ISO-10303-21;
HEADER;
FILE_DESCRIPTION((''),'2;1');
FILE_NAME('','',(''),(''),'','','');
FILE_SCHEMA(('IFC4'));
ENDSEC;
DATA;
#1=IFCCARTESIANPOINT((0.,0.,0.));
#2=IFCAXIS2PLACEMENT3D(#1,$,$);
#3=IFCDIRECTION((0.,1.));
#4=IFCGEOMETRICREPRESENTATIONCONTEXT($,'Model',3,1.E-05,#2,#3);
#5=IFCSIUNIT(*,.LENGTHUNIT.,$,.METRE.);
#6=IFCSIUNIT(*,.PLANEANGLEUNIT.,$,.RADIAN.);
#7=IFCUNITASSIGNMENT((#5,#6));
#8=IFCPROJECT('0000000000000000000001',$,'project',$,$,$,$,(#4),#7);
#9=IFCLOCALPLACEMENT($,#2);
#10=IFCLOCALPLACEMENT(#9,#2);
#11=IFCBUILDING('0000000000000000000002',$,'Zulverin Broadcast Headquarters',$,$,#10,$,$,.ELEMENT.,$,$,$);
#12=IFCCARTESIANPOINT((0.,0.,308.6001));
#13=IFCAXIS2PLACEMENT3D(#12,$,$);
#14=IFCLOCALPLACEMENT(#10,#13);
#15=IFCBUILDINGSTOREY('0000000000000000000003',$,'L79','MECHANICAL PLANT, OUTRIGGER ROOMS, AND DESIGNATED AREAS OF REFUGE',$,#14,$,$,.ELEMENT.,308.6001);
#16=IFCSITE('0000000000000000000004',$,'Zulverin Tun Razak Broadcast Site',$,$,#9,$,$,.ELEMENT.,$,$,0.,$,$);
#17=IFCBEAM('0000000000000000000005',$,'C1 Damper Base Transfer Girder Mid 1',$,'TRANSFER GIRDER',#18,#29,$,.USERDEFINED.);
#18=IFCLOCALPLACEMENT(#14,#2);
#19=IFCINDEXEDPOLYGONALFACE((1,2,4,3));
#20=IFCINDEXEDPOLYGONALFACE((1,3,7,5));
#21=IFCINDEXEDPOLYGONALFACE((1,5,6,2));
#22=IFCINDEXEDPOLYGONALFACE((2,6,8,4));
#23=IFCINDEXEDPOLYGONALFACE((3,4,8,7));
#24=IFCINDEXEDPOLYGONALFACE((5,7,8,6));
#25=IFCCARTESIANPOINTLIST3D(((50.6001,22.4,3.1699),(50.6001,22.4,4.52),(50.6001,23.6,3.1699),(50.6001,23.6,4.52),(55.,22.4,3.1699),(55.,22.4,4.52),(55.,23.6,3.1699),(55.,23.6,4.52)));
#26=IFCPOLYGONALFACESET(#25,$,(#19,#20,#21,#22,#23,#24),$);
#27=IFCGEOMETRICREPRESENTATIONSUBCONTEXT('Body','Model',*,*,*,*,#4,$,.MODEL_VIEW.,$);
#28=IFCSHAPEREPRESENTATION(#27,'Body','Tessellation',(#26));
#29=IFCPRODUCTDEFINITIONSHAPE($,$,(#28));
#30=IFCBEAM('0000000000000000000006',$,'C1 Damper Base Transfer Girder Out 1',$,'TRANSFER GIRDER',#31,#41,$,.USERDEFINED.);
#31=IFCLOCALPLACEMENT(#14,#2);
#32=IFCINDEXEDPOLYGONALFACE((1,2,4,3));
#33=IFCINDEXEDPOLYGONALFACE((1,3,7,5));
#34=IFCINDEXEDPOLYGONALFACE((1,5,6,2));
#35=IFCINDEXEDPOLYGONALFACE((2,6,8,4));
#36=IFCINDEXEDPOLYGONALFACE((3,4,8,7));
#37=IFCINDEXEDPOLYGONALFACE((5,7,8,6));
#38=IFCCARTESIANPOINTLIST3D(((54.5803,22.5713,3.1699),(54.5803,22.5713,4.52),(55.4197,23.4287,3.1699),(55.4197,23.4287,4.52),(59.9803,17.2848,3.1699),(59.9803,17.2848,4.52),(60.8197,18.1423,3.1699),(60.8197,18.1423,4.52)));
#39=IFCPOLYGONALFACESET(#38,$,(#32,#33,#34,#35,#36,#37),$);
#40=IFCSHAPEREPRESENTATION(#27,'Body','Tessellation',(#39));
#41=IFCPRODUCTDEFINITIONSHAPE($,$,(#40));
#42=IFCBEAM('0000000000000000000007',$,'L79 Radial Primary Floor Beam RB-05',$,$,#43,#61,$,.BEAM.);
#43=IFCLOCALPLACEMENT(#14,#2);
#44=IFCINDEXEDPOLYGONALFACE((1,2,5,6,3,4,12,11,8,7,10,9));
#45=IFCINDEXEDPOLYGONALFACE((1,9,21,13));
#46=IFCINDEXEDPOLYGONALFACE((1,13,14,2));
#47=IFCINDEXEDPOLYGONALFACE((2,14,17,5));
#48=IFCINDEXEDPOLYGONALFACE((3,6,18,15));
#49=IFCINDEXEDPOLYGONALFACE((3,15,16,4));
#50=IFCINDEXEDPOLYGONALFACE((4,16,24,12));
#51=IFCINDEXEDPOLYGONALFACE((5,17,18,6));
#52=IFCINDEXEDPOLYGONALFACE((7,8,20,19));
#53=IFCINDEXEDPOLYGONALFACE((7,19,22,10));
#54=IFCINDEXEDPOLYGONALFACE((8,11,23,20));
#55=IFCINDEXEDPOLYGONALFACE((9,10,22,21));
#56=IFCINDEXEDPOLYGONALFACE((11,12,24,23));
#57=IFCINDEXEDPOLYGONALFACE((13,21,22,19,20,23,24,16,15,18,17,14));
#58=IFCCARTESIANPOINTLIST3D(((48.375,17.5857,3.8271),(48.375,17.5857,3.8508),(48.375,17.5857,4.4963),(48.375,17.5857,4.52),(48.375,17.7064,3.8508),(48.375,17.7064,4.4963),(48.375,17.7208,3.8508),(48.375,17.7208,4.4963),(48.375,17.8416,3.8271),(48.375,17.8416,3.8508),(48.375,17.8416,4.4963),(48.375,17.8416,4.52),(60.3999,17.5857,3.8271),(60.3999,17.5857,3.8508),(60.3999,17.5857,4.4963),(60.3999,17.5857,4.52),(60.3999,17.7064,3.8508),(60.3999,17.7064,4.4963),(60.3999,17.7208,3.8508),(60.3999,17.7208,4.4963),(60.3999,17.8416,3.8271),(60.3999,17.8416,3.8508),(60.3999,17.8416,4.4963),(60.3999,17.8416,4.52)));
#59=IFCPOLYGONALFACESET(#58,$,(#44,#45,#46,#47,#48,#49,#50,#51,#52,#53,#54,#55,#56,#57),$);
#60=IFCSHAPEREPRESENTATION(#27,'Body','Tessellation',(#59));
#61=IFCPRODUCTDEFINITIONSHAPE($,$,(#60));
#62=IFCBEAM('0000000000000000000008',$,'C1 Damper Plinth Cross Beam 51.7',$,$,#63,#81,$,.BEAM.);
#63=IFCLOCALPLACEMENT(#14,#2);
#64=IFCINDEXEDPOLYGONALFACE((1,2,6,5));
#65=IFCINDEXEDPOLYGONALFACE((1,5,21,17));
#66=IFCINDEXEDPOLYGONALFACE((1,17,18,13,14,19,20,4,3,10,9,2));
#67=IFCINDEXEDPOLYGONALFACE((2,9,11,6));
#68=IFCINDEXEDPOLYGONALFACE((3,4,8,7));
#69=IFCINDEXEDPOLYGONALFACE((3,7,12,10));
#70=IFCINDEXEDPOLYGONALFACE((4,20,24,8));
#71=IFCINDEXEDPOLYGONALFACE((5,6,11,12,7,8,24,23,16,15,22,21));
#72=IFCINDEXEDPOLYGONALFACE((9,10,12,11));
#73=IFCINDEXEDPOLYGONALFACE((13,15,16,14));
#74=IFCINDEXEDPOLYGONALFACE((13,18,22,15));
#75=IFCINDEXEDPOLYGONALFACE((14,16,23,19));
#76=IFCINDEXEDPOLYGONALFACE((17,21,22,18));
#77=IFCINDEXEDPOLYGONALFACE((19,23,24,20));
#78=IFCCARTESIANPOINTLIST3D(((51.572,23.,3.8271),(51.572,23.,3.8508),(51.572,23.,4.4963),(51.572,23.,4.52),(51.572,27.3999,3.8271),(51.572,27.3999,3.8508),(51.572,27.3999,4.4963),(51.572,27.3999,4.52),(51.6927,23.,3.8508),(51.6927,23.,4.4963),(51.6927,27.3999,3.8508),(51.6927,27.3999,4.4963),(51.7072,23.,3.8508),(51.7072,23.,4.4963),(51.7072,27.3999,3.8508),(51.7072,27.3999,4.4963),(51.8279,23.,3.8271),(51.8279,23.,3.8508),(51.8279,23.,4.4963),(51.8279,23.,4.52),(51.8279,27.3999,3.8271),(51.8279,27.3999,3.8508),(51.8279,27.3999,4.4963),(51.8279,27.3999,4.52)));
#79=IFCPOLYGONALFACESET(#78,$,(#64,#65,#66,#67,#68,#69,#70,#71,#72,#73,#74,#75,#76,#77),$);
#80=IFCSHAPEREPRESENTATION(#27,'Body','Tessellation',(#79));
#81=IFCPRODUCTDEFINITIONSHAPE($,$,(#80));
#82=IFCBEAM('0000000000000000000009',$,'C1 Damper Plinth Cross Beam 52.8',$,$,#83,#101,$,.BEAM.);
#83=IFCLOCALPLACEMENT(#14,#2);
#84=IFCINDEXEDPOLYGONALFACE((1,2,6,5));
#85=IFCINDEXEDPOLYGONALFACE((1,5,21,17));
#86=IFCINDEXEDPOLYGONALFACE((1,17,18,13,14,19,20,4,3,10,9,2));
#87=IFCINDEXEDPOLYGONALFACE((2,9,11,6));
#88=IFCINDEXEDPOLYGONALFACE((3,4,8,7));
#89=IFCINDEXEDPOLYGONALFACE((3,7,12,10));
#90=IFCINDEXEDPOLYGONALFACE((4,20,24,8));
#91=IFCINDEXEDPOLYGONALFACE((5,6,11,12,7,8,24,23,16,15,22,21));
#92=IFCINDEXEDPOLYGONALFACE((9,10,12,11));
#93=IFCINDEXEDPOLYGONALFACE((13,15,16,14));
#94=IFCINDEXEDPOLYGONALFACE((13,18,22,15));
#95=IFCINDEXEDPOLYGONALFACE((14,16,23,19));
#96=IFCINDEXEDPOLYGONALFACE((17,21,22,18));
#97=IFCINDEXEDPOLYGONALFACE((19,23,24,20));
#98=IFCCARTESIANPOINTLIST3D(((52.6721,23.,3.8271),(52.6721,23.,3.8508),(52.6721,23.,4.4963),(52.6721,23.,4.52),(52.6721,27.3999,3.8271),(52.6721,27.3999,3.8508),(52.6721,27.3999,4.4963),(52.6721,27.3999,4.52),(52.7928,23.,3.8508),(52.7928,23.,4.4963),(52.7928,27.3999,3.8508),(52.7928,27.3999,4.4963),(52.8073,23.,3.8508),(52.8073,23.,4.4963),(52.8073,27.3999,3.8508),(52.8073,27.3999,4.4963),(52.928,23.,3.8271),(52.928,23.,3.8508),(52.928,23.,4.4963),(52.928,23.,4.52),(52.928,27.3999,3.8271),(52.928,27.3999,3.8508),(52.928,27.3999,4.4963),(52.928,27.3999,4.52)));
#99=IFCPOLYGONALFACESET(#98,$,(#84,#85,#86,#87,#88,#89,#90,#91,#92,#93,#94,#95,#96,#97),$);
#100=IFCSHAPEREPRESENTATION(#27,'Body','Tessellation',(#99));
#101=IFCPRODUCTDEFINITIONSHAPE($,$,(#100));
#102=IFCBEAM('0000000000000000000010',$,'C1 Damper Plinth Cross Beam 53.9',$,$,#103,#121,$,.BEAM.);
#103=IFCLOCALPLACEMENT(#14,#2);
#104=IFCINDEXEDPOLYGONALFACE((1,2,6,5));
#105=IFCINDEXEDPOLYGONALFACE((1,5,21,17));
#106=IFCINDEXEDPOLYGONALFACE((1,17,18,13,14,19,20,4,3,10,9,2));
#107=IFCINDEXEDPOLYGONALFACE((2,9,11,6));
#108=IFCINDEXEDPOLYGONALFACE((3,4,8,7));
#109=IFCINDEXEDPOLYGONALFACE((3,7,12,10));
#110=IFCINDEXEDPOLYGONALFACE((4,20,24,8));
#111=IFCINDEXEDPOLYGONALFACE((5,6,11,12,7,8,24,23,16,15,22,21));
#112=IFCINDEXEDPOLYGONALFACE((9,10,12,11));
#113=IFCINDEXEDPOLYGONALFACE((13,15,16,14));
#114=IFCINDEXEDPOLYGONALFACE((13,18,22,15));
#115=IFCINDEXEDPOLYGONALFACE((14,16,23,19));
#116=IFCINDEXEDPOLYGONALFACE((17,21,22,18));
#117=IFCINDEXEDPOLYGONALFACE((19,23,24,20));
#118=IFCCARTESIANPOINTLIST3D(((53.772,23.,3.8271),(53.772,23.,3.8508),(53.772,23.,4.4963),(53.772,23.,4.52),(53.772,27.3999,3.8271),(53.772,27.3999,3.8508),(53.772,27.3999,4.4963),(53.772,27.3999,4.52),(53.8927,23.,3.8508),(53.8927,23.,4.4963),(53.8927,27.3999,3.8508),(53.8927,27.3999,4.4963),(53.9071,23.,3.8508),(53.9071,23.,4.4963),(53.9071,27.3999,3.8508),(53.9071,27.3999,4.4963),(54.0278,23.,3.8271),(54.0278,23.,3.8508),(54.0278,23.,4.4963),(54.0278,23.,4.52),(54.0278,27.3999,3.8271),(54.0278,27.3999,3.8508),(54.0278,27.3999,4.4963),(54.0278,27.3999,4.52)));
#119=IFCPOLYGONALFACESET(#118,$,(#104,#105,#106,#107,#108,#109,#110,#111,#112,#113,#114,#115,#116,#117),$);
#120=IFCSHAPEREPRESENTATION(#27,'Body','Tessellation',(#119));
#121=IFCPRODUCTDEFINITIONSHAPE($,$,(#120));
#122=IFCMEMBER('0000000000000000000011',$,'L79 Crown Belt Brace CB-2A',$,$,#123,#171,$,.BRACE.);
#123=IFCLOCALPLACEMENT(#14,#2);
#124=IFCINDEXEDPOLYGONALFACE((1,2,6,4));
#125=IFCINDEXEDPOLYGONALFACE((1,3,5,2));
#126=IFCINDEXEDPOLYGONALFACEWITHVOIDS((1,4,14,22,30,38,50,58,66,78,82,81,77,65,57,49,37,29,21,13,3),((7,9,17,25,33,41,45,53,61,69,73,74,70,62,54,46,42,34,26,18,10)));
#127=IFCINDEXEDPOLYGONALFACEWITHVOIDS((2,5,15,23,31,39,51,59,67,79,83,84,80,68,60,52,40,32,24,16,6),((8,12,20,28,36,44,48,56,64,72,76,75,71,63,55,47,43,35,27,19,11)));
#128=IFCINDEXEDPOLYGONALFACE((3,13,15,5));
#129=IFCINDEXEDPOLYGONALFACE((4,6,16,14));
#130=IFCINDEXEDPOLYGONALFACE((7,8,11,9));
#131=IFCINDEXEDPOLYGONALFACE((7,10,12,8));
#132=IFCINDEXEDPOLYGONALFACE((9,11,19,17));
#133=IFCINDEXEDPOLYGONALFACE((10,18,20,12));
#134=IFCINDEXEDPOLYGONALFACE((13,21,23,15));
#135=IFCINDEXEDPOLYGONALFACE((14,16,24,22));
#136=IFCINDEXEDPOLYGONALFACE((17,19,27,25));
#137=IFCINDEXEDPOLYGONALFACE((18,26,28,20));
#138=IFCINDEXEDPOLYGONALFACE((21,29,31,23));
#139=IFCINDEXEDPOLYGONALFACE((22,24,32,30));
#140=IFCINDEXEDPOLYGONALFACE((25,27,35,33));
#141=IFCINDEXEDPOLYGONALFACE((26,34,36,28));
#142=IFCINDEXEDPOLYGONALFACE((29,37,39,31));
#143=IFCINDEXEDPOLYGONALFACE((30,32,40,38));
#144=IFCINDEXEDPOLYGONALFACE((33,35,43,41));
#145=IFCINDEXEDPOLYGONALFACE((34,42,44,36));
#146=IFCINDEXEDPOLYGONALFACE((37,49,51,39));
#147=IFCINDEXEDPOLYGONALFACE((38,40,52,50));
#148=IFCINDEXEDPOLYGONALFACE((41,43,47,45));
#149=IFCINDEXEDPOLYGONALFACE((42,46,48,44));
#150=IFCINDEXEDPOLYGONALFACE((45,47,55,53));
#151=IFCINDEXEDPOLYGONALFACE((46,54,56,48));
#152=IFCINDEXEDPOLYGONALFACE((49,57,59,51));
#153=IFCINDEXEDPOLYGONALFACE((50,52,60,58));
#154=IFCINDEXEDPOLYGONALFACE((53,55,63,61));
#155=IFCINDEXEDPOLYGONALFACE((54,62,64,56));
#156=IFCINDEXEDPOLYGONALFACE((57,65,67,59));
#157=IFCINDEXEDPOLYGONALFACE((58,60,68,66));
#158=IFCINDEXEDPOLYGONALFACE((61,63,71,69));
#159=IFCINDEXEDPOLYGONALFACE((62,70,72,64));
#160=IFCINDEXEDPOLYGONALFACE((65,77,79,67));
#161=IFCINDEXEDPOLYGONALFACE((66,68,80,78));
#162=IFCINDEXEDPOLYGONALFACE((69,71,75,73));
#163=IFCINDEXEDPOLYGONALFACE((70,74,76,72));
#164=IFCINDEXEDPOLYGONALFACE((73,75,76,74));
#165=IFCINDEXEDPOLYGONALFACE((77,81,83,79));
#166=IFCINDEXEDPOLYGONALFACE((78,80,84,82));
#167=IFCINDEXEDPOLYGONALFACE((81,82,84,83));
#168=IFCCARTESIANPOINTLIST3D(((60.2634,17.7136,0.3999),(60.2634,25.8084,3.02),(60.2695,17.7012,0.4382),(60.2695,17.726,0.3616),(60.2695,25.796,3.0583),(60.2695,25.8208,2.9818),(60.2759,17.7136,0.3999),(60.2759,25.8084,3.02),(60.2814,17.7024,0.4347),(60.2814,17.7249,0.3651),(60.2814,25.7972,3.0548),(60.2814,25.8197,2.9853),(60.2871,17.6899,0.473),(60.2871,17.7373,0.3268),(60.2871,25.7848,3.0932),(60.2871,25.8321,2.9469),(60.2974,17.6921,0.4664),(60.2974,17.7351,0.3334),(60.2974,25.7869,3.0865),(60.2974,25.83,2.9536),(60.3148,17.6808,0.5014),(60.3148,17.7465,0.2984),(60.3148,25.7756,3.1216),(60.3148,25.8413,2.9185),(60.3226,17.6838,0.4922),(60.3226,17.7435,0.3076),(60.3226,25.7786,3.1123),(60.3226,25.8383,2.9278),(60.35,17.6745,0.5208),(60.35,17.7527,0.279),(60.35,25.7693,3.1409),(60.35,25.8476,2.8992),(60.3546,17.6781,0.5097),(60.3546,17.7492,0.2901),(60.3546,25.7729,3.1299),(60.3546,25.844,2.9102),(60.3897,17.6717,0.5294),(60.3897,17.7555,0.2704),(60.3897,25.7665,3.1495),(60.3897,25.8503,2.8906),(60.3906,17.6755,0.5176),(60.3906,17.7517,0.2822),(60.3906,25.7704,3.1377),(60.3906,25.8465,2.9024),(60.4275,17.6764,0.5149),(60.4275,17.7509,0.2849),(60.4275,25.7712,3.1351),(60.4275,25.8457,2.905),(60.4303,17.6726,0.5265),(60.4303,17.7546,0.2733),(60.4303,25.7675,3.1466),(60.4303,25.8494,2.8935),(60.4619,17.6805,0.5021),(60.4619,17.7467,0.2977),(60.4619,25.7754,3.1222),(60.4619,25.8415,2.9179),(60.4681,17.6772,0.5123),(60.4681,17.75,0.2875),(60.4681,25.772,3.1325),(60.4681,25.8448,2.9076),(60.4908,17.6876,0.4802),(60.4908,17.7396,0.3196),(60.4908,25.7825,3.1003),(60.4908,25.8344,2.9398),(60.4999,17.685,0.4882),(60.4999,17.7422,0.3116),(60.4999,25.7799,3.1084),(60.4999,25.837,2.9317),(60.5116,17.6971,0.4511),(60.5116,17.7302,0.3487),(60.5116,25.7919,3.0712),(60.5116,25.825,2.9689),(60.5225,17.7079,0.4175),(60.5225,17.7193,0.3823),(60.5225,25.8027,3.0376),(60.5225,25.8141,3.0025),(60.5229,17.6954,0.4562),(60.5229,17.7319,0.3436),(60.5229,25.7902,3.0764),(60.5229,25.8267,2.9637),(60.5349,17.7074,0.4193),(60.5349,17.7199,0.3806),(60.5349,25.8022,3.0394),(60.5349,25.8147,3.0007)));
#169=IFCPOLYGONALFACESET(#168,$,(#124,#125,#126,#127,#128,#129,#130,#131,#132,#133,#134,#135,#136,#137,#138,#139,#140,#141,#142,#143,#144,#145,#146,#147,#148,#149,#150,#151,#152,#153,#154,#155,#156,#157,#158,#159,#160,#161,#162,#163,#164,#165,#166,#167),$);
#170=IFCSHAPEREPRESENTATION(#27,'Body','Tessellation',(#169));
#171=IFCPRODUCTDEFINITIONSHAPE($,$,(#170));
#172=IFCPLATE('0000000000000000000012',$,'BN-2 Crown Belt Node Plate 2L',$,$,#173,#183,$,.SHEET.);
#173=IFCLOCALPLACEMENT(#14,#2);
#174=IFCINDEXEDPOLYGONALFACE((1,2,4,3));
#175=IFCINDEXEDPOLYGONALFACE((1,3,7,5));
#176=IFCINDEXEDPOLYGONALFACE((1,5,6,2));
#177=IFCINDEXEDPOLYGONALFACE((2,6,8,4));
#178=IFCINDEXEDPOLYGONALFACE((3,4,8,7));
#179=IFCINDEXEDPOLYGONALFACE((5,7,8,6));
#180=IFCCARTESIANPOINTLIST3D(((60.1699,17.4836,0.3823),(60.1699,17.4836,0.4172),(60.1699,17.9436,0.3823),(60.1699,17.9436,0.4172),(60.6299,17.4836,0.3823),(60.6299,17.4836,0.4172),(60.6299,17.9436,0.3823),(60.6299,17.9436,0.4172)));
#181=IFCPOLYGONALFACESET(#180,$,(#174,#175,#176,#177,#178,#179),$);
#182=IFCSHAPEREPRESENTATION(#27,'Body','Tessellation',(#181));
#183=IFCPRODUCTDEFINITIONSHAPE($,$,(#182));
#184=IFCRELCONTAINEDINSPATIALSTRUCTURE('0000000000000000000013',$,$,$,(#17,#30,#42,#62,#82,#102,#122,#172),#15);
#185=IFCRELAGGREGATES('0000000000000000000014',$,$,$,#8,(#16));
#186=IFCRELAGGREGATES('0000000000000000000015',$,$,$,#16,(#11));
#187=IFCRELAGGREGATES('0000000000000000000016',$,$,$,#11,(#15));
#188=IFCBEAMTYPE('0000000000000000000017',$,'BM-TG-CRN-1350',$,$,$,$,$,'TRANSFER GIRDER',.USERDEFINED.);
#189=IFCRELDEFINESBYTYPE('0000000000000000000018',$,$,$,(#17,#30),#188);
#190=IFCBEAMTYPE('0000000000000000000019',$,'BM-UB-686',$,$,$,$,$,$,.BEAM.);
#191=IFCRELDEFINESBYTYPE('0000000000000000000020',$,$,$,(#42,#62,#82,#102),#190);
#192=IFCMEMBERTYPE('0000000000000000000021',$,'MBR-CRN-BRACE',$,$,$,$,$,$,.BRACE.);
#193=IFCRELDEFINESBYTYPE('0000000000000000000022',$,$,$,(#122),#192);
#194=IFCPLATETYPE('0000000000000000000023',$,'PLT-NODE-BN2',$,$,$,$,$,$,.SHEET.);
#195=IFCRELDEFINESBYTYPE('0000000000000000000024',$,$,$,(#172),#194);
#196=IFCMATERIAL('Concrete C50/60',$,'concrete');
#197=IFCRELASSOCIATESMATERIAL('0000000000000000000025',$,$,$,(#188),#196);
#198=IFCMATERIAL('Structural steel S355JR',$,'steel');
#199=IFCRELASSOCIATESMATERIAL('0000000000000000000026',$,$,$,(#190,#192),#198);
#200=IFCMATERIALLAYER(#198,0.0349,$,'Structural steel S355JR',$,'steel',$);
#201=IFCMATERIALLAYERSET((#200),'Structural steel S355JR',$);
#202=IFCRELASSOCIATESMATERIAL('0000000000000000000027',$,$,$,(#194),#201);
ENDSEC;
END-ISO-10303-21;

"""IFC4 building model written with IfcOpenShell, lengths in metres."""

from ifc_helpers import new_model, si_unit, direction, frame, origin, origin_2d, place, context, subcontext, project, spatial, rectangle, hollow_circle, i_section, extrude, material, layer, layer_set, material_profile, profile_set, type_object, element, save


model = new_model("IFC4")

# Units and contexts
model_context = context("Model", 3, precision=1e-05, world=origin(), true_north=direction((0.0, 1.0)))
body_context = subcontext(model_context, "Body", "Model", "MODEL_VIEW")
ifc_project = project(units=[si_unit("LENGTHUNIT", "METRE"), si_unit("PLANEANGLEUNIT", "RADIAN")], contexts=[model_context])

# Site, building, storey
site_placement = place(None, origin())
site = spatial("IfcSite", under=ifc_project, at=site_placement, Name="Zulverin Tun Razak Broadcast Site", CompositionType="ELEMENT", RefElevation=0.0)
building_placement = place(site_placement, origin())
building = spatial("IfcBuilding", under=site, at=building_placement, Name="Zulverin Broadcast Headquarters", CompositionType="ELEMENT")
storey_placement = place(building_placement, frame((0.0, 0.0, 308.6001)))
storey = spatial("IfcBuildingStorey", under=building, at=storey_placement, Name="L79", Description="MECHANICAL PLANT, OUTRIGGER ROOMS, AND DESIGNATED AREAS OF REFUGE", CompositionType="ELEMENT", Elevation=308.6001)

# Shared definitions
ifc_material_1 = material(Name="Concrete C50/60", Category="concrete")

# Beams
ifc_material_profile_1 = material_profile(ifc_material_1, rectangle(XDim=1.2, YDim=1.3501, at=origin_2d()), Name="Concrete C50/60", Category="concrete")
ifc_profile_set_1 = profile_set([ifc_material_profile_1], Name="Concrete C50/60")
beam_type_1 = type_object("IfcBeamType", Name="BM-TG-CRN-1350", ElementType="TRANSFER GIRDER", PredefinedType="USERDEFINED", material=ifc_profile_set_1)
beam_1_placement = place(storey_placement, frame((50.6001, 23.0, 3.845), z_axis=(1.0, 0.0, 0.0), x_axis=(0.0, 1.0, 0.0)))
element("IfcBeam", 1, at=beam_1_placement, inside=storey, type_object=beam_type_1, Name="C1 Damper Base Transfer Girder Mid 1", ObjectType="TRANSFER GIRDER", PredefinedType="USERDEFINED", context=body_context, shape_type="SweptSolid", body=[
    extrude(rectangle(XDim=1.2, YDim=1.3501, at=origin_2d()), origin(), (0.0, 0.0, 1.0), 4.3999),
])
beam_2_placement = place(storey_placement, frame((55.0, 23.0, 3.845), z_axis=(0.714578, -0.699555, 0.0), x_axis=(0.699555, 0.714578, 0.0)))
element("IfcBeam", 2, at=beam_2_placement, inside=storey, type_object=beam_type_1, Name="C1 Damper Base Transfer Girder Out 1", ObjectType="TRANSFER GIRDER", PredefinedType="USERDEFINED", context=body_context, shape_type="SweptSolid", body=[
    extrude(rectangle(XDim=1.2, YDim=1.3501, at=origin_2d()), origin(), (0.0, 0.0, 1.0), 7.5569),
])
ifc_material_2 = material(Name="Structural steel S355JR", Category="steel")
ifc_material_profile_2 = material_profile(ifc_material_2, i_section(OverallWidth=0.2559, OverallDepth=0.6929, WebThickness=0.0144, FlangeThickness=0.0237, at=origin_2d()), Name="Structural steel S355JR", Category="steel")
ifc_profile_set_2 = profile_set([ifc_material_profile_2], Name="Structural steel S355JR")
beam_type_2 = type_object("IfcBeamType", Name="BM-UB-686", PredefinedType="BEAM", material=ifc_profile_set_2)
beam_3_placement = place(storey_placement, frame((48.375, 17.7136, 4.1736), z_axis=(1.0, 0.0, 0.0), x_axis=(0.0, 1.0, 0.0)))
element("IfcBeam", 3, at=beam_3_placement, inside=storey, type_object=beam_type_2, Name="L79 Radial Primary Floor Beam RB-05", PredefinedType="BEAM", context=body_context, shape_type="SweptSolid", body=[
    extrude(i_section(OverallWidth=0.2559, OverallDepth=0.6929, WebThickness=0.0144, FlangeThickness=0.0237, at=origin_2d()), origin(), (0.0, 0.0, 1.0), 12.0249),
])
for number, where, z_axis, x_axis, name in (
    (4, (51.7, 23.0, 4.1736), (0.0, 1.0, 0.0), (-1.0, 0.0, 0.0), "C1 Damper Plinth Cross Beam 51.7"),
    (5, (52.8, 23.0, 4.1736), (0.0, 1.0, 0.0), (-1.0, 0.0, 0.0), "C1 Damper Plinth Cross Beam 52.8"),
    (6, (53.8999, 23.0, 4.1736), (0.0, 1.0, 0.0), (-1.0, 0.0, 0.0), "C1 Damper Plinth Cross Beam 53.9"),
):
    element("IfcBeam", number, at=place(storey_placement, frame(where, z_axis=z_axis, x_axis=x_axis)), inside=storey, type_object=beam_type_2, Name=name, PredefinedType="BEAM", context=body_context, shape_type="SweptSolid", body=[
        extrude(i_section(OverallWidth=0.2559, OverallDepth=0.6929, WebThickness=0.0144, FlangeThickness=0.0237, at=origin_2d()), origin(), (0.0, 0.0, 1.0), 4.3999),
    ])

# Member
ifc_material_profile_3 = material_profile(ifc_material_2, hollow_circle(Radius=0.1365, WallThickness=0.0125, at=origin_2d()), Name="Structural steel S355JR", Category="steel")
ifc_profile_set_3 = profile_set([ifc_material_profile_3], Name="Structural steel S355JR")
member_type = type_object("IfcMemberType", Name="MBR-CRN-BRACE", PredefinedType="BRACE", material=ifc_profile_set_3)
member_placement = place(storey_placement, frame((60.3999, 17.7136, 0.3999), z_axis=(0.0, 0.951402, 0.307952), x_axis=(-1.0, 0.0, 0.0)))
element("IfcMember", 7, at=member_placement, inside=storey, type_object=member_type, Name="L79 Crown Belt Brace CB-2A", PredefinedType="BRACE", context=body_context, shape_type="SweptSolid", body=[
    extrude(hollow_circle(Radius=0.1365, WallThickness=0.0125, at=origin_2d()), origin(), (0.0, 0.0, 1.0), 8.5083),
])

# Plate
ifc_layer_1 = layer(ifc_material_2, 0.0349, Name="Structural steel S355JR", Category="steel")
ifc_layer_set_1 = layer_set([ifc_layer_1], Name="Structural steel S355JR")
plate_type = type_object("IfcPlateType", Name="PLT-NODE-BN2", PredefinedType="SHEET", material=ifc_layer_set_1)
plate_placement = place(storey_placement, frame((60.3999, 17.7136, 0.3823), z_axis=(0.0, 0.0, 1.0), x_axis=(1.0, 0.0, 0.0)))
element("IfcPlate", 8, at=plate_placement, inside=storey, type_object=plate_type, Name="BN-2 Crown Belt Node Plate 2L", PredefinedType="SHEET", context=body_context, shape_type="SweptSolid", body=[
    extrude(rectangle(XDim=0.46, YDim=0.46, at=origin_2d()), origin(), (0.0, 0.0, 1.0), 0.0349),
])

save(model, "model.ifc")
